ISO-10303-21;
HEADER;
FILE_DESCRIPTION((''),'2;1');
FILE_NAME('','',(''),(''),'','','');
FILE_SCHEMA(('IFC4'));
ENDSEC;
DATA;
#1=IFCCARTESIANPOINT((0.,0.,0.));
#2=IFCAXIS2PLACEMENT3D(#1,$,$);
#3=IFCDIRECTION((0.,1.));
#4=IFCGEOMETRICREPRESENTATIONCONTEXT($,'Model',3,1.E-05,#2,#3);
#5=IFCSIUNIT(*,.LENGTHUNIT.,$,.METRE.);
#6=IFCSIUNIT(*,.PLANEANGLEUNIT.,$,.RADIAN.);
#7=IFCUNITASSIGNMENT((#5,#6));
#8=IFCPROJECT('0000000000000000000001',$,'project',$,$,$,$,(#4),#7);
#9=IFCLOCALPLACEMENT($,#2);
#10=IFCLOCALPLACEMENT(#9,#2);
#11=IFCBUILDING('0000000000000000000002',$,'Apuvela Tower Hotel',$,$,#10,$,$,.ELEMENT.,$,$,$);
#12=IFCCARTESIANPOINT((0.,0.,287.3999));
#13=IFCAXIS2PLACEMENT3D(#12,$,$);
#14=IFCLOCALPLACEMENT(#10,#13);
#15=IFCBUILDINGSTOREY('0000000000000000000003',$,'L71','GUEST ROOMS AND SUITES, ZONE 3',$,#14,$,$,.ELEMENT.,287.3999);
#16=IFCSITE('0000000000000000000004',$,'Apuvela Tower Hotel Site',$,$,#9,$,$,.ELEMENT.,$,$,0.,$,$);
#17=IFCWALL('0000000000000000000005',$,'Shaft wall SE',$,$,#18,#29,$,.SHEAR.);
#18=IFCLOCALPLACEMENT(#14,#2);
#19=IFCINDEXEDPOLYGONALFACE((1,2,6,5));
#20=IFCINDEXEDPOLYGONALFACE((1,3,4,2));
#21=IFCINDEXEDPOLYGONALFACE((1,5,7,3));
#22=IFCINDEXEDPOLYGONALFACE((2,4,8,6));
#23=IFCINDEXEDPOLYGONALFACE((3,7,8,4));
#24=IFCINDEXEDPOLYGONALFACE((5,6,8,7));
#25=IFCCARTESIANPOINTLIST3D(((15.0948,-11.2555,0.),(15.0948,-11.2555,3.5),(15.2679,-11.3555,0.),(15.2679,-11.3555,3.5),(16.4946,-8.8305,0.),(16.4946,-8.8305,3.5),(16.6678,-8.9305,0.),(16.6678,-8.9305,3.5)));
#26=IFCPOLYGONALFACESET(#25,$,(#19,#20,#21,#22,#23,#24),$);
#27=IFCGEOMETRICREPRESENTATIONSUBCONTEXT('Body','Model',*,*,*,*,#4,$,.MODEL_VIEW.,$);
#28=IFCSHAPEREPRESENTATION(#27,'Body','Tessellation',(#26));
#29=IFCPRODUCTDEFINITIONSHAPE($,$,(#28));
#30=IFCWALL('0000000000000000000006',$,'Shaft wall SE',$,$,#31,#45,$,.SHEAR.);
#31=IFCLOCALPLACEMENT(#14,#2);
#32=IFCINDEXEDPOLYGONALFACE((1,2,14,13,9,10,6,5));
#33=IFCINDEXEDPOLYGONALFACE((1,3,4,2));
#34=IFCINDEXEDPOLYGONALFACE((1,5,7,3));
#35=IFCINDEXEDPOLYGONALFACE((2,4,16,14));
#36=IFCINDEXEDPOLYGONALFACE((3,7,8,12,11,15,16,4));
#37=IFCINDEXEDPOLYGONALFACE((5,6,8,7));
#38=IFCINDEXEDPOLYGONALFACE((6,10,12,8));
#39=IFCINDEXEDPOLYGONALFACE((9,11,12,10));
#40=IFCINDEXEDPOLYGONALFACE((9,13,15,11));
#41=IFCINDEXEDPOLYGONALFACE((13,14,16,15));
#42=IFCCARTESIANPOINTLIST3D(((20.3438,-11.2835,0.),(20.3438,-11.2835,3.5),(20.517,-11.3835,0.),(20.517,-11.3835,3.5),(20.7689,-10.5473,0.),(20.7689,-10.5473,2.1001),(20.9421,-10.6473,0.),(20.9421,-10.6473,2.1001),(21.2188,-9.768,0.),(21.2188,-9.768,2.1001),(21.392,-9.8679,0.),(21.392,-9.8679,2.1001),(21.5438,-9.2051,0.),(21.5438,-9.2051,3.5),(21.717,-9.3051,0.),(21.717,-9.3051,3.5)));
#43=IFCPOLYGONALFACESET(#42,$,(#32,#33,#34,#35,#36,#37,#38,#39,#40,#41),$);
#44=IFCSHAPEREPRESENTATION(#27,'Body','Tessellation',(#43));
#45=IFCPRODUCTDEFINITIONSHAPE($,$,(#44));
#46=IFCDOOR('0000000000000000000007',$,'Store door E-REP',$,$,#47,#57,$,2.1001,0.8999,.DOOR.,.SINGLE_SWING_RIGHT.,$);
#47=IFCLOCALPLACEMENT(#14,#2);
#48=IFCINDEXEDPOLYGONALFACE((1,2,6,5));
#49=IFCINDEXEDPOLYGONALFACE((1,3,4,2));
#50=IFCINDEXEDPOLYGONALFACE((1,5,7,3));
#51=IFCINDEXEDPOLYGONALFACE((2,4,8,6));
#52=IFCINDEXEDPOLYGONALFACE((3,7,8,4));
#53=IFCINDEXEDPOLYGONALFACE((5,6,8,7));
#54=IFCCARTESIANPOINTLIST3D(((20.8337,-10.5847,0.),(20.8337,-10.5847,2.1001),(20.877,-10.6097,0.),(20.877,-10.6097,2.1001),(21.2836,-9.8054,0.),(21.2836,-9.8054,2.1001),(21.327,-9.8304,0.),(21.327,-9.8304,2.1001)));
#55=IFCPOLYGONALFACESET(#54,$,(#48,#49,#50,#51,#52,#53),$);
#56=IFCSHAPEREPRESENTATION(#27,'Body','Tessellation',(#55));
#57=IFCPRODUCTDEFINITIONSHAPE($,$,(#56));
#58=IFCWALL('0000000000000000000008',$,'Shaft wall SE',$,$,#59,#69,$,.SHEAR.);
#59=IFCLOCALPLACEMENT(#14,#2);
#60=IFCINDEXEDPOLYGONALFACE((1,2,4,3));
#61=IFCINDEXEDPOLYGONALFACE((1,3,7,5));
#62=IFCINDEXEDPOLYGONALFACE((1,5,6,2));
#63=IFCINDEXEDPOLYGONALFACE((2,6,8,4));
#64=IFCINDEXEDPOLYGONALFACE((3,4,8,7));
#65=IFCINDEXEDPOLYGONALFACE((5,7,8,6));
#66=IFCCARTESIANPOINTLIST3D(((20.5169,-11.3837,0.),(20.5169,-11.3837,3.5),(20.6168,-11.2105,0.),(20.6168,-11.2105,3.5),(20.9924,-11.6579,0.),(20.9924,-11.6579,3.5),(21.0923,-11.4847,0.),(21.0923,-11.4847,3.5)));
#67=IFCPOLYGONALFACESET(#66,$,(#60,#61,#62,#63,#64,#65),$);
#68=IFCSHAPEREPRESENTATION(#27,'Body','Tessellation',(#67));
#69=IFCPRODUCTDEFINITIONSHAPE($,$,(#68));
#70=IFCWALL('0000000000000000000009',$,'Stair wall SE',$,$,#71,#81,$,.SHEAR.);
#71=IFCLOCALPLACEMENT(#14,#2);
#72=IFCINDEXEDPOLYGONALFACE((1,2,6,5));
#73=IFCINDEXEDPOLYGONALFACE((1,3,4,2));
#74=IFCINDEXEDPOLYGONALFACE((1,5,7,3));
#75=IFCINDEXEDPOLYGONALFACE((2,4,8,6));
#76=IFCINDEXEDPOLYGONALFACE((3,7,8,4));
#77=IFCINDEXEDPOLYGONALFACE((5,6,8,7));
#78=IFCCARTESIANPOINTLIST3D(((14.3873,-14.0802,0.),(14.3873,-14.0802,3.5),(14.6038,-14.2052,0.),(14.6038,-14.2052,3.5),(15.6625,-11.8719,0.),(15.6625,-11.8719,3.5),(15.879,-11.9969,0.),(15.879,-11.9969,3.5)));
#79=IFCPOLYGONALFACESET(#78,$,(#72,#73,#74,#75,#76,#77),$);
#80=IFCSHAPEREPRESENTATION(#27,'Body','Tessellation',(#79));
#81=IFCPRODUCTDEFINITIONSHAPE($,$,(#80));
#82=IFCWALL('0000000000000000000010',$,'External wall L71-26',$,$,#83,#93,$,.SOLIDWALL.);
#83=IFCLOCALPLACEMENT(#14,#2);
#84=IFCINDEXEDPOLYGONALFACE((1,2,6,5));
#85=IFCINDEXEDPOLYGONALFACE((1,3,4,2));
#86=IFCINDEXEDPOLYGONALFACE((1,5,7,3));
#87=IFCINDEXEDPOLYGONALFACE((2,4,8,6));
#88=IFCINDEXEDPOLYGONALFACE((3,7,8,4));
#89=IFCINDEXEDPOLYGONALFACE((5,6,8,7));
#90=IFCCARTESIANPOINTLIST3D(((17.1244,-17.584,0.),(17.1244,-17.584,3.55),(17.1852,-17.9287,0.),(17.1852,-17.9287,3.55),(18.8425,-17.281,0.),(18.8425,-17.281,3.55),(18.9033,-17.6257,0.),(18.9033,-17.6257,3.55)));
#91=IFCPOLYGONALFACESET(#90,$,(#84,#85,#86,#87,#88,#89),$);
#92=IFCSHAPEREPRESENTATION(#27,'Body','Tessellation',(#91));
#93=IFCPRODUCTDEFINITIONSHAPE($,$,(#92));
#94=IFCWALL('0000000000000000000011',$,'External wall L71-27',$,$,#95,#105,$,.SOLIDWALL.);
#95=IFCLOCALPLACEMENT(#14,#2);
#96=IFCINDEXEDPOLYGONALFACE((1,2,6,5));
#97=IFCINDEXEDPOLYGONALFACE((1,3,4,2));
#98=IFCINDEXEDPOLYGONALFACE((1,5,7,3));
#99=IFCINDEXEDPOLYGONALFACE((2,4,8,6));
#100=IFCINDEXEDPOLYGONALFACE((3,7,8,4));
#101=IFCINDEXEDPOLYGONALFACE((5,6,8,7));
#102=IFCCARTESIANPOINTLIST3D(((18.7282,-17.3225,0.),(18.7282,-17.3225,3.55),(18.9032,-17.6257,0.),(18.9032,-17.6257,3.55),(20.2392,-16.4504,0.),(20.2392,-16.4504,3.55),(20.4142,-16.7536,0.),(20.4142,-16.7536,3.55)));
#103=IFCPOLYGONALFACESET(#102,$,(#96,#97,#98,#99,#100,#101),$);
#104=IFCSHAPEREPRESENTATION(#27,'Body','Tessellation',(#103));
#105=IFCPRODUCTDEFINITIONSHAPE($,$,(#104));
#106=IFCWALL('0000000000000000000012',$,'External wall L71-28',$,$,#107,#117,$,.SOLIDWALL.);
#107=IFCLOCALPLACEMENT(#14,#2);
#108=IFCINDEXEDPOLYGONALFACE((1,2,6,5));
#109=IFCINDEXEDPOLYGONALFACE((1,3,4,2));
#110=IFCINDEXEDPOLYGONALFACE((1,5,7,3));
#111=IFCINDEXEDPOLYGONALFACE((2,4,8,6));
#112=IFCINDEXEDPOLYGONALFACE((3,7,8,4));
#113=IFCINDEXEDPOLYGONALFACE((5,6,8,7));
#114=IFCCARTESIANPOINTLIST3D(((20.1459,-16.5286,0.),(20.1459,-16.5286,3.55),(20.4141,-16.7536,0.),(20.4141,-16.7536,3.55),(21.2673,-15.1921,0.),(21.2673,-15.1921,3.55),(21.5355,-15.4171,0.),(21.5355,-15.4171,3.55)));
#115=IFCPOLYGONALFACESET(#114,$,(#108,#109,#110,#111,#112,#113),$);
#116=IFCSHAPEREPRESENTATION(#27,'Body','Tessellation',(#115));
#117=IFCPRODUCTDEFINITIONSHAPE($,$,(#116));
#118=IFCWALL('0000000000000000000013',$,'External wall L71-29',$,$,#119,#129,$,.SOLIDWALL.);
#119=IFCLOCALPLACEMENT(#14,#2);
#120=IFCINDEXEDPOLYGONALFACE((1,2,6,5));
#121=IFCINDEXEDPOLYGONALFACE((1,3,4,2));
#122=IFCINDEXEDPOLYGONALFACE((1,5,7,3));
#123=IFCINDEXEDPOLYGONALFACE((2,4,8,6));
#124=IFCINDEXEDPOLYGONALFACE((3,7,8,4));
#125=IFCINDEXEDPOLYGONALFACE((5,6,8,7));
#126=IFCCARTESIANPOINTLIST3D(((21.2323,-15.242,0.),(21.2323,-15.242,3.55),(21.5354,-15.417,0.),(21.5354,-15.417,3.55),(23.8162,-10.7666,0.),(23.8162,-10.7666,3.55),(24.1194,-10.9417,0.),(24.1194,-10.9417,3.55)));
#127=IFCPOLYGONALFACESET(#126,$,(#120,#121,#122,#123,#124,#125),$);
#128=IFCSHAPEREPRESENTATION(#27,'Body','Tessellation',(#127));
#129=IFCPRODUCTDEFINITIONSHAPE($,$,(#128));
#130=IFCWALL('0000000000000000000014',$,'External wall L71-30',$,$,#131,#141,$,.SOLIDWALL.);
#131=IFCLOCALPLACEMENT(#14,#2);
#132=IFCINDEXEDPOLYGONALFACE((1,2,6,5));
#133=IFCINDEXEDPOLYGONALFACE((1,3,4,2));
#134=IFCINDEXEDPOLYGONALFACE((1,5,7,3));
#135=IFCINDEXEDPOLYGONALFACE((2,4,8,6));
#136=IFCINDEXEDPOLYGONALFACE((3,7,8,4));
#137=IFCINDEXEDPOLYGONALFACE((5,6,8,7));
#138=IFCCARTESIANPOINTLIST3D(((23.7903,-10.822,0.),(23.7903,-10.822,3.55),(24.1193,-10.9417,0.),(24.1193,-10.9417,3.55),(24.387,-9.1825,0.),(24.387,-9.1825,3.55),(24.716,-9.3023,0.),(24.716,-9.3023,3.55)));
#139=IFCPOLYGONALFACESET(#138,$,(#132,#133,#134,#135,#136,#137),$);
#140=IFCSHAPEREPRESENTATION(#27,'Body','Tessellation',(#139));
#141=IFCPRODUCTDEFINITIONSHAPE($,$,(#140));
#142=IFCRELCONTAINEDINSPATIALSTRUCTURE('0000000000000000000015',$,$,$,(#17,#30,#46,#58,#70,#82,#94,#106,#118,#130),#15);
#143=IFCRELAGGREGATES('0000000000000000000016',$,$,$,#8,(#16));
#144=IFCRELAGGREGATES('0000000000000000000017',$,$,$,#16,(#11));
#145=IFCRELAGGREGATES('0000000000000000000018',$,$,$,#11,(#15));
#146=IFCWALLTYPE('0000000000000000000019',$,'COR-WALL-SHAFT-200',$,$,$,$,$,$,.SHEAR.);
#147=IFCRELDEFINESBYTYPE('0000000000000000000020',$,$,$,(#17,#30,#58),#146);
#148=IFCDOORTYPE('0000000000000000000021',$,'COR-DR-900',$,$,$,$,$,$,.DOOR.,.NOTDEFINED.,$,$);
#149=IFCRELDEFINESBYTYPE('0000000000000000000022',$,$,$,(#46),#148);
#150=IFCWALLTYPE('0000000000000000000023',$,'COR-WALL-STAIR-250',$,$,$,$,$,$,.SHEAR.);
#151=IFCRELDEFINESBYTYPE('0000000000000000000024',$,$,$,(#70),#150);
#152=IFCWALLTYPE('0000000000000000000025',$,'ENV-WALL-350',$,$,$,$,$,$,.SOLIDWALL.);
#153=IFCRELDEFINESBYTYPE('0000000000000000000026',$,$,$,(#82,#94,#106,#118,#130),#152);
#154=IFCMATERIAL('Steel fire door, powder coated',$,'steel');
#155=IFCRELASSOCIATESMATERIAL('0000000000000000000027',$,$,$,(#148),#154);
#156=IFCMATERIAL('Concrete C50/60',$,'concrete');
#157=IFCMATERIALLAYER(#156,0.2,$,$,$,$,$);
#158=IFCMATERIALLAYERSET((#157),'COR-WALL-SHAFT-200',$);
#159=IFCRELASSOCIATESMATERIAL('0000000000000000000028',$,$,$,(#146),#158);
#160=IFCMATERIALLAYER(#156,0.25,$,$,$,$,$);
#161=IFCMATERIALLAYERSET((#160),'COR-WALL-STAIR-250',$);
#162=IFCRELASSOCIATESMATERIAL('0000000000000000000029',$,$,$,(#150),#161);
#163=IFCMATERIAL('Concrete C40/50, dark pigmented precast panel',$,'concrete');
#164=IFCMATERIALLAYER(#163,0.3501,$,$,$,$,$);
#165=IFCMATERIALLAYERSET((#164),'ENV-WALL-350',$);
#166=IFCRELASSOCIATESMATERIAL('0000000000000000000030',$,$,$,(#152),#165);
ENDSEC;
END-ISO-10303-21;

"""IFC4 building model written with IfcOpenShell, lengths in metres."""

from ifc_helpers import new_model, si_unit, direction, frame, frame_2d, origin, place, context, subcontext, project, spatial, rectangle, extrude, material, layer, layer_set, type_object, element, fill, save


model = new_model("IFC4")

# Units and contexts
model_context = context("Model", 3, precision=1e-05, world=origin(), true_north=direction((0.0, 1.0)))
body_context = subcontext(model_context, "Body", "Model", "MODEL_VIEW")
ifc_project = project(units=[si_unit("LENGTHUNIT", "METRE"), si_unit("PLANEANGLEUNIT", "RADIAN")], contexts=[model_context])

# Site, building, storey
site_placement = place(None, origin())
site = spatial("IfcSite", under=ifc_project, at=site_placement, Name="Apuvela Tower Hotel Site", CompositionType="ELEMENT", RefElevation=0.0)
building_placement = place(site_placement, origin())
building = spatial("IfcBuilding", under=site, at=building_placement, Name="Apuvela Tower Hotel", CompositionType="ELEMENT")
storey_placement = place(building_placement, frame((0.0, 0.0, 287.3999)))
storey = spatial("IfcBuildingStorey", under=building, at=storey_placement, Name="L71", Description="GUEST ROOMS AND SUITES, ZONE 3", CompositionType="ELEMENT", Elevation=287.3999)

# Shared definitions
ifc_material_1 = material(Name="Steel fire door, powder coated", Category="steel")
door_type_1 = type_object("IfcDoorType", Name="COR-DR-900", OperationType="NOTDEFINED", PredefinedType="DOOR", material=ifc_material_1)

# Wall
ifc_material_2 = material(Name="Concrete C50/60", Category="concrete")
ifc_layer_1 = layer(ifc_material_2, 0.2)
ifc_layer_set_1 = layer_set([ifc_layer_1], Name="COR-WALL-SHAFT-200")
wall_type_1 = type_object("IfcWallType", Name="COR-WALL-SHAFT-200", PredefinedType="SHEAR", material=ifc_layer_set_1)
wall_1_placement = place(storey_placement, frame((15.1814, -11.3054, 0.0), z_axis=(0.0, 0.0, 1.0), x_axis=(0.499946, 0.866056, 0.0)))
element("IfcWall", 1, at=wall_1_placement, inside=storey, type_object=wall_type_1, Name="Shaft wall SE", PredefinedType="SHEAR", context=body_context, shape_type="SweptSolid", body=[
    extrude(rectangle(XDim=2.8, YDim=0.2, at=frame_2d((1.3999, 0.0))), origin(), (0.0, 0.0, 1.0), 3.5),
])

# Wall, opening, door
wall_2_placement = place(storey_placement, frame((20.4304, -11.3335, 0.0), z_axis=(0.0, 0.0, 1.0), x_axis=(0.500001, 0.866025, 0.0)))
wall_2 = element("IfcWall", 2, at=wall_2_placement, inside=storey, type_object=wall_type_1, Name="Shaft wall SE", PredefinedType="SHEAR", context=body_context, shape_type="SweptSolid", body=[
    extrude(rectangle(XDim=2.3999, YDim=0.2, at=frame_2d((1.2, 0.0))), origin(), (0.0, 0.0, 1.0), 3.5),
])
opening_1_placement = place(wall_2_placement, frame((0.8501, 0.0, 0.0)))
opening_1 = element("IfcOpeningElement", 3, at=opening_1_placement, cuts=wall_2, PredefinedType="OPENING", context=body_context, shape_type="SweptSolid", body=[
    extrude(rectangle(XDim=0.8999, YDim=2.1001, at=frame_2d((0.45, 1.05))), frame((0.0, 0.1099, 0.0), z_axis=(0.0, -1.0, 0.0), x_axis=(1.0, 0.0, 0.0)), (0.0, 0.0, 1.0), 0.22),
])
door_1_placement = place(opening_1_placement, frame((0.8999, 0.0, 0.0), z_axis=(0.0, 0.0, 1.0), x_axis=(-1.0, 0.0, 0.0)))
door_1 = element("IfcDoor", 4, at=door_1_placement, inside=storey, type_object=door_type_1, Name="Store door E-REP", OperationType="SINGLE_SWING_RIGHT", OverallHeight=2.1001, OverallWidth=0.8999, PredefinedType="DOOR", context=body_context, shape_type="SweptSolid", body=[
    extrude(rectangle(XDim=0.8999, YDim=2.1001, at=frame_2d((0.45, 1.05))), frame((0.0, 0.0249, 0.0), z_axis=(0.0, -1.0, 0.0), x_axis=(1.0, 0.0, 0.0)), (0.0, 0.0, 1.0), 0.05),
])
fill(opening_1, door_1)

# Walls
wall_3_placement = place(storey_placement, frame((20.5669, -11.2971, 0.0), z_axis=(0.0, 0.0, 1.0), x_axis=(0.866237, -0.499633, 0.0)))
element("IfcWall", 5, at=wall_3_placement, inside=storey, type_object=wall_type_1, Name="Shaft wall SE", PredefinedType="SHEAR", context=body_context, shape_type="SweptSolid", body=[
    extrude(rectangle(XDim=0.5488, YDim=0.2, at=frame_2d((0.2744, 0.0))), origin(), (0.0, 0.0, 1.0), 3.5),
])
ifc_layer_2 = layer(ifc_material_2, 0.25)
ifc_layer_set_2 = layer_set([ifc_layer_2], Name="COR-WALL-STAIR-250")
wall_type_2 = type_object("IfcWallType", Name="COR-WALL-STAIR-250", PredefinedType="SHEAR", material=ifc_layer_set_2)
wall_4_placement = place(storey_placement, frame((14.4956, -14.1426, 0.0), z_axis=(0.0, 0.0, 1.0), x_axis=(0.500062, 0.865989, 0.0)))
element("IfcWall", 6, at=wall_4_placement, inside=storey, type_object=wall_type_2, Name="Stair wall SE", PredefinedType="SHEAR", context=body_context, shape_type="SweptSolid", body=[
    extrude(rectangle(XDim=2.55, YDim=0.25, at=frame_2d((1.2749, 0.0))), origin(), (0.0, 0.0, 1.0), 3.5),
])
ifc_material_3 = material(Name="Concrete C40/50, dark pigmented precast panel", Category="concrete")
ifc_layer_3 = layer(ifc_material_3, 0.3501)
ifc_layer_set_3 = layer_set([ifc_layer_3], Name="ENV-WALL-350")
wall_type_3 = type_object("IfcWallType", Name="ENV-WALL-350", PredefinedType="SOLIDWALL", material=ifc_layer_set_3)
for number, where, z_axis, x_axis, name in (
    (7, (17.1548, -17.7563, 0.0), (0.0, 0.0, 1.0), (0.984803, 0.173674, 0.0), "External wall L71-26"),
    (8, (18.8157, -17.4741, 0.0), (0.0, 0.0, 1.0), (0.866099, 0.499872, 0.0), "External wall L71-27"),
    (9, (20.28, -16.6411, 0.0), (0.0, 0.0, 1.0), (0.642769, 0.76606, 0.0), "External wall L71-28"),
):
    element("IfcWall", number, at=place(storey_placement, frame(where, z_axis=z_axis, x_axis=x_axis)), inside=storey, type_object=wall_type_3, Name=name, PredefinedType="SOLIDWALL", context=body_context, shape_type="SweptSolid", body=[
        extrude(rectangle(XDim=1.7446, YDim=0.3501, at=frame_2d((0.8723, 0.0))), origin(), (0.0, 0.0, 1.0), 3.55),
    ])
wall_5_placement = place(storey_placement, frame((21.3838, -15.3296, 0.0), z_axis=(0.0, 0.0, 1.0), x_axis=(0.500021, 0.866013, 0.0)))
element("IfcWall", 10, at=wall_5_placement, inside=storey, type_object=wall_type_3, Name="External wall L71-29", PredefinedType="SOLIDWALL", context=body_context, shape_type="SweptSolid", body=[
    extrude(rectangle(XDim=5.1677, YDim=0.3501, at=frame_2d((2.584, 0.0))), origin(), (0.0, 0.0, 1.0), 3.55),
])
wall_6_placement = place(storey_placement, frame((23.9548, -10.8818, 0.0), z_axis=(0.0, 0.0, 1.0), x_axis=(0.342013, 0.939695, 0.0)))
element("IfcWall", 11, at=wall_6_placement, inside=storey, type_object=wall_type_3, Name="External wall L71-30", PredefinedType="SOLIDWALL", context=body_context, shape_type="SweptSolid", body=[
    extrude(rectangle(XDim=1.7446, YDim=0.3501, at=frame_2d((0.8723, 0.0))), origin(), (0.0, 0.0, 1.0), 3.55),
])

save(model, "model.ifc")
